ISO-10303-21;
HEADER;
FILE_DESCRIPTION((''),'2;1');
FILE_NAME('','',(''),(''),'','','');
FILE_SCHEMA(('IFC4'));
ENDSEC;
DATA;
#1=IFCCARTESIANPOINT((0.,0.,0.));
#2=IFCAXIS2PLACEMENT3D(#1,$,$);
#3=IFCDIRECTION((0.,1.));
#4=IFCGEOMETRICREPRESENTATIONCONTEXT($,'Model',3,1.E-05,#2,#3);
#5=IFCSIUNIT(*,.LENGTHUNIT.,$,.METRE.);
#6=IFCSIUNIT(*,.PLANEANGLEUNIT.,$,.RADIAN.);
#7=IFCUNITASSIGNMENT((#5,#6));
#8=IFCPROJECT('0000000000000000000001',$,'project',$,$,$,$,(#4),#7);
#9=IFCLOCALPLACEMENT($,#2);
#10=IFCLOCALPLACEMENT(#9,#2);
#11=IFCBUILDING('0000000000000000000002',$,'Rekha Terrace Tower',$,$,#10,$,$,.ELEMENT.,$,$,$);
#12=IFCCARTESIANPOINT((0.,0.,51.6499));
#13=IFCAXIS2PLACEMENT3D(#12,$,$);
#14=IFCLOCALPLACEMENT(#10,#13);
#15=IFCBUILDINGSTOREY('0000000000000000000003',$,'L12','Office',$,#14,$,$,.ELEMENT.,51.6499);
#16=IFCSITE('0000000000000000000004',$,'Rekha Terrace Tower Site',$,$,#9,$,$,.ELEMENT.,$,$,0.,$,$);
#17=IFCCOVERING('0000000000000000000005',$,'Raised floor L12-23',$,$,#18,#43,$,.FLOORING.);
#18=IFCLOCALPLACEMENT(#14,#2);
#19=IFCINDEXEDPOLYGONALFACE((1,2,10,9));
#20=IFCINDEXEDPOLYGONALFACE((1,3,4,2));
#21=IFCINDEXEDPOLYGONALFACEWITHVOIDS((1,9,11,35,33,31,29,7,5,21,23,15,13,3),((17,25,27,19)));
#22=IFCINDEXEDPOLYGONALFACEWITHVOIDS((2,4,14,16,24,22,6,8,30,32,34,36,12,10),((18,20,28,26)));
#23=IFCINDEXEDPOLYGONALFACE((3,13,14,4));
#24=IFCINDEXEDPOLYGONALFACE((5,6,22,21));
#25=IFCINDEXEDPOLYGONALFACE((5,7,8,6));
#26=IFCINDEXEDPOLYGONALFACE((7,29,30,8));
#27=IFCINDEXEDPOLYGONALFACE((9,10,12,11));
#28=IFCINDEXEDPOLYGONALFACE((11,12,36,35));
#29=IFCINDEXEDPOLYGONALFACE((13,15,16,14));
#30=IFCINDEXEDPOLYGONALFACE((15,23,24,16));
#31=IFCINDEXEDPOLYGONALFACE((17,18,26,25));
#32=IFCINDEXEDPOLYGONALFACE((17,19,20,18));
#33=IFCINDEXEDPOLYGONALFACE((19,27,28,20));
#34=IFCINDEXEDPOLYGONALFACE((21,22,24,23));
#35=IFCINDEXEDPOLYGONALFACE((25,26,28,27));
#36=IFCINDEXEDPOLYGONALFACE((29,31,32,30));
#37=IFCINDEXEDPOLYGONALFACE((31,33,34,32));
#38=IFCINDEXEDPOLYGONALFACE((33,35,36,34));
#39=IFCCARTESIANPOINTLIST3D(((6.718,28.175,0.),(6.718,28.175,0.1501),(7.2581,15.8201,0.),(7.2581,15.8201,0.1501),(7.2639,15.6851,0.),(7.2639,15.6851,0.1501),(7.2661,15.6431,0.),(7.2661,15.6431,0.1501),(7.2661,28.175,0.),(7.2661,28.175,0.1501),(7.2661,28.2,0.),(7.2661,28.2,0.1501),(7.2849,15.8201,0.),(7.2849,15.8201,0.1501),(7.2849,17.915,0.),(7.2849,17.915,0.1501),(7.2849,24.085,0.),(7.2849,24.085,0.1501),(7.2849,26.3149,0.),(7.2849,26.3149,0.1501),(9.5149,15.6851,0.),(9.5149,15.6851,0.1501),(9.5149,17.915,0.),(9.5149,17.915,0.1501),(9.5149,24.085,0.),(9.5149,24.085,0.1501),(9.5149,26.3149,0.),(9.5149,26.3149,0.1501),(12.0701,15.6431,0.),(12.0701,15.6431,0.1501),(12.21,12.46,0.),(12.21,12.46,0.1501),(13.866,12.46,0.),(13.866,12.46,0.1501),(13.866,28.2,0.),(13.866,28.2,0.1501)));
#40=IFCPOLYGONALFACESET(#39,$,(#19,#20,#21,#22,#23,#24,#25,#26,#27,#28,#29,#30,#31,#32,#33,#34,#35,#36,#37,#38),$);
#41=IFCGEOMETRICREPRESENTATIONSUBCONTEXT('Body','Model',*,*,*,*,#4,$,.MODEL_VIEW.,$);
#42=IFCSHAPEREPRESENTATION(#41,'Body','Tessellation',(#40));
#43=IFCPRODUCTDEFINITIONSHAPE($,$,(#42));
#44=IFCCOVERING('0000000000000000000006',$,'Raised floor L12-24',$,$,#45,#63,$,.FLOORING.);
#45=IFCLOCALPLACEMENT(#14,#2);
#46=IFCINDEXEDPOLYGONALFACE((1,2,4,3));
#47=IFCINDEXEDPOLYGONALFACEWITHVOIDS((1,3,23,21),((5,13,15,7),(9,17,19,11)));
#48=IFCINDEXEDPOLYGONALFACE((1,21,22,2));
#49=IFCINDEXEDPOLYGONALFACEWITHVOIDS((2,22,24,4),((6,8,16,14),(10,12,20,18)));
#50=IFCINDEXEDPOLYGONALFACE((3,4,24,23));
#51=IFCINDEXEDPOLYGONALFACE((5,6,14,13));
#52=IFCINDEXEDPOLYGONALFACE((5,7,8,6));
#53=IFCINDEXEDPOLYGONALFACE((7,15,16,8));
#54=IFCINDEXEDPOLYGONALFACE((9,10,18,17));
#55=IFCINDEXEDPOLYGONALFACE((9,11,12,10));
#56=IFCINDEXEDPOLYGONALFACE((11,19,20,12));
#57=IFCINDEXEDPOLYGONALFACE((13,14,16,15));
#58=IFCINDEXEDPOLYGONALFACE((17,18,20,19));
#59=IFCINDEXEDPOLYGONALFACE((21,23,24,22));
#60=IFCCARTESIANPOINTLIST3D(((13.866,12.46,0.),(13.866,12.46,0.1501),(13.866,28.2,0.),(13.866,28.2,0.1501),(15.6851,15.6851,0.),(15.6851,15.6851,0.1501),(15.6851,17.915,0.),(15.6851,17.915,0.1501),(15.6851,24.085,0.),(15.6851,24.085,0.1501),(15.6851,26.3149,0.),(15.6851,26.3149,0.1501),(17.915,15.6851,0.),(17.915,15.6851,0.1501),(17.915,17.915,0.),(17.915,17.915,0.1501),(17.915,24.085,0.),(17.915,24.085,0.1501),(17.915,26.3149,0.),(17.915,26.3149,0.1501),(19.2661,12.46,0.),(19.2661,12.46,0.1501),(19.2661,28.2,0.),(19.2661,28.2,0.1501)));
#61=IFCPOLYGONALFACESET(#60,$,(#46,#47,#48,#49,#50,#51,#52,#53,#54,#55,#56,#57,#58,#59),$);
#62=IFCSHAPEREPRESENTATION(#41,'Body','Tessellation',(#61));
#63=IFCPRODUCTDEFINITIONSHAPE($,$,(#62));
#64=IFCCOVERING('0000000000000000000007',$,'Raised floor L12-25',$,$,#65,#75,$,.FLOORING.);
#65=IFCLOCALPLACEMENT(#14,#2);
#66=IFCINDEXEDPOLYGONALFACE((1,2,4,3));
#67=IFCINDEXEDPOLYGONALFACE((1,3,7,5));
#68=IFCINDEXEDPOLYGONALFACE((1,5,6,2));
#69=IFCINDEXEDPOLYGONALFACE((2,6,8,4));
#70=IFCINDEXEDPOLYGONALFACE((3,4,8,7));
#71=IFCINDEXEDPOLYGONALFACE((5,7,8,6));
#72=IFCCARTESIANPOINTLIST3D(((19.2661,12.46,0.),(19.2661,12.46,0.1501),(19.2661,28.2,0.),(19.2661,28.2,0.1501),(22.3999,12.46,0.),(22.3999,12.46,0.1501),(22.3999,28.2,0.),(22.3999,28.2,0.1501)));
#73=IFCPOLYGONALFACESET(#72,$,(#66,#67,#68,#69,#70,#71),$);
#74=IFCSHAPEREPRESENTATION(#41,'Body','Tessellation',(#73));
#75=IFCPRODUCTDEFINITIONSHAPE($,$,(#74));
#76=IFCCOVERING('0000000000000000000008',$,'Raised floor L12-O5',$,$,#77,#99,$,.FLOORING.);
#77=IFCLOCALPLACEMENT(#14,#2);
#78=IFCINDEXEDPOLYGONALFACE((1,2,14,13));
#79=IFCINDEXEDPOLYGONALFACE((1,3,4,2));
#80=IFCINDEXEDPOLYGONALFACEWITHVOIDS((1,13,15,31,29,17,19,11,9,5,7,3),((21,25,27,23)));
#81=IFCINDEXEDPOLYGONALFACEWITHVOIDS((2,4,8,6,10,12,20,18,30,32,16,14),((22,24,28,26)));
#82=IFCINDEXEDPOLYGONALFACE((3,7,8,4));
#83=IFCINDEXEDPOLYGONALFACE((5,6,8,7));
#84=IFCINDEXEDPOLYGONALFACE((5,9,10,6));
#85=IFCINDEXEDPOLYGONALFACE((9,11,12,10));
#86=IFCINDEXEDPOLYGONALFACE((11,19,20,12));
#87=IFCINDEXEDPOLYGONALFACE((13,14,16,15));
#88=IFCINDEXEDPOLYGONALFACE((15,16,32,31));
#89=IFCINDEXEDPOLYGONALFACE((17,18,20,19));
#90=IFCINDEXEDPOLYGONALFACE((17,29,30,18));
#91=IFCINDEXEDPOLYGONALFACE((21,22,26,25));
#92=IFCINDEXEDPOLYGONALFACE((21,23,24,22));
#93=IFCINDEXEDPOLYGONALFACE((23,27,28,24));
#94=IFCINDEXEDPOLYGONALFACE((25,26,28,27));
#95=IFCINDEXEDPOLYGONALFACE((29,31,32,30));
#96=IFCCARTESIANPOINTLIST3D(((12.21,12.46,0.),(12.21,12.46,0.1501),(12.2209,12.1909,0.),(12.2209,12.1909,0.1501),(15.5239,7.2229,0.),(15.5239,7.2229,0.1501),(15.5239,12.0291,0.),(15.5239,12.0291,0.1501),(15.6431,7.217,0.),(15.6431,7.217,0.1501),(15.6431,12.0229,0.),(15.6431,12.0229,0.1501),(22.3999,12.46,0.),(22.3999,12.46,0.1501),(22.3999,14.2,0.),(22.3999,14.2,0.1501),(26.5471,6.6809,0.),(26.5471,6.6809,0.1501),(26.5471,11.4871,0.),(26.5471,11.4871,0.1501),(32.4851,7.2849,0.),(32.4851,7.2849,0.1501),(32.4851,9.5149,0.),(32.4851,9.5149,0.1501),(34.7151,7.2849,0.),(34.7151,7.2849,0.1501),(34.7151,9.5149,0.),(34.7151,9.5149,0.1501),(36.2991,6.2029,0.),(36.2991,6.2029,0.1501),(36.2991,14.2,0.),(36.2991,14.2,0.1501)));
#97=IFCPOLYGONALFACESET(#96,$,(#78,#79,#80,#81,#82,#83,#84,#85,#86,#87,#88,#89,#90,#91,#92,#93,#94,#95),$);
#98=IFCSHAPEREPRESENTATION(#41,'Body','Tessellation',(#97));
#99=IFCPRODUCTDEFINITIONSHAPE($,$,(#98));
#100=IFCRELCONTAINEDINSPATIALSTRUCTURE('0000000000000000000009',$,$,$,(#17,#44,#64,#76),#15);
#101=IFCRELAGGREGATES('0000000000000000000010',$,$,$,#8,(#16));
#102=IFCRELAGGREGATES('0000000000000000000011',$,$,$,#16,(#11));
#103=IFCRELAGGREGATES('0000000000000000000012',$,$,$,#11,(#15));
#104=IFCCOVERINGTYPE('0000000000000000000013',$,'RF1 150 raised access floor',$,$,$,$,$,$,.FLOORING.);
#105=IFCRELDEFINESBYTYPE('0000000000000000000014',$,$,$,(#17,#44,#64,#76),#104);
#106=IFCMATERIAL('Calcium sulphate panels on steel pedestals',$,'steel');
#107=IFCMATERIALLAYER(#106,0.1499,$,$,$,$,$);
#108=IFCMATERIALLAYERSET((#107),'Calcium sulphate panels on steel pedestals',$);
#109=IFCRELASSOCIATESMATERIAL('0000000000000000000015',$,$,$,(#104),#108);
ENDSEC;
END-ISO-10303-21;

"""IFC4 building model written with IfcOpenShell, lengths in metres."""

from ifc_helpers import new_model, si_unit, direction, frame, origin, place, context, subcontext, project, spatial, polyline, outline, extrude, material, layer, layer_set, type_object, element, save


model = new_model("IFC4")

# Units and contexts
model_context = context("Model", 3, precision=1e-05, world=origin(), true_north=direction((0.0, 1.0)))
body_context = subcontext(model_context, "Body", "Model", "MODEL_VIEW")
ifc_project = project(units=[si_unit("LENGTHUNIT", "METRE"), si_unit("PLANEANGLEUNIT", "RADIAN")], contexts=[model_context])

# Site, building, storey
site_placement = place(None, origin())
site = spatial("IfcSite", under=ifc_project, at=site_placement, Name="Rekha Terrace Tower Site", CompositionType="ELEMENT", RefElevation=0.0)
building_placement = place(site_placement, origin())
building = spatial("IfcBuilding", under=site, at=building_placement, Name="Rekha Terrace Tower", CompositionType="ELEMENT")
storey_placement = place(building_placement, frame((0.0, 0.0, 51.6499)))
storey = spatial("IfcBuildingStorey", under=building, at=storey_placement, Name="L12", Description="Office", CompositionType="ELEMENT", Elevation=51.6499)

# Coverings
ifc_material_1 = material(Name="Calcium sulphate panels on steel pedestals", Category="steel")
ifc_layer_1 = layer(ifc_material_1, 0.1499)
ifc_layer_set_1 = layer_set([ifc_layer_1], Name="Calcium sulphate panels on steel pedestals")
covering_type_1 = type_object("IfcCoveringType", Name="RF1 150 raised access floor", PredefinedType="FLOORING", material=ifc_layer_set_1)
covering_1_placement = place(storey_placement, origin())
element("IfcCovering", 1, at=covering_1_placement, inside=storey, type_object=covering_type_1, Name="Raised floor L12-23", PredefinedType="FLOORING", context=body_context, shape_type="SweptSolid", body=[
    extrude(outline(polyline([(7.2581, 15.8201), (7.2849, 15.8201), (7.2849, 17.915), (9.5149, 17.915), (9.5149, 15.6851), (7.2639, 15.6851), (7.2661, 15.6431), (12.0701, 15.6431), (12.21, 12.46), (13.866, 12.46), (13.866, 28.2), (7.2661, 28.2), (7.2661, 28.175), (6.718, 28.175), (7.2581, 15.8201)]), holes=[polyline([(9.5149, 24.085), (7.2849, 24.085), (7.2849, 26.3149), (9.5149, 26.3149), (9.5149, 24.085)])]), origin(), (0.0, 0.0, 1.0), 0.1501),
])
covering_2_placement = place(storey_placement, origin())
element("IfcCovering", 2, at=covering_2_placement, inside=storey, type_object=covering_type_1, Name="Raised floor L12-24", PredefinedType="FLOORING", context=body_context, shape_type="SweptSolid", body=[
    extrude(outline(polyline([(13.866, 12.46), (19.2661, 12.46), (19.2661, 28.2), (13.866, 28.2), (13.866, 12.46)]), holes=[polyline([(17.915, 15.6851), (15.6851, 15.6851), (15.6851, 17.915), (17.915, 17.915), (17.915, 15.6851)]), polyline([(17.915, 24.085), (15.6851, 24.085), (15.6851, 26.3149), (17.915, 26.3149), (17.915, 24.085)])]), origin(), (0.0, 0.0, 1.0), 0.1501),
])
covering_3_placement = place(storey_placement, origin())
element("IfcCovering", 3, at=covering_3_placement, inside=storey, type_object=covering_type_1, Name="Raised floor L12-25", PredefinedType="FLOORING", context=body_context, shape_type="SweptSolid", body=[
    extrude(outline(polyline([(19.2661, 12.46), (22.3999, 12.46), (22.3999, 28.2), (19.2661, 28.2), (19.2661, 12.46)])), origin(), (0.0, 0.0, 1.0), 0.1501),
])
covering_4_placement = place(storey_placement, origin())
element("IfcCovering", 4, at=covering_4_placement, inside=storey, type_object=covering_type_1, Name="Raised floor L12-O5", PredefinedType="FLOORING", context=body_context, shape_type="SweptSolid", body=[
    extrude(outline(polyline([(22.3999, 12.46), (12.21, 12.46), (12.2209, 12.1909), (15.5239, 12.0291), (15.5239, 7.2229), (15.6431, 7.217), (15.6431, 12.0229), (26.5471, 11.4871), (26.5471, 6.6809), (36.2991, 6.2029), (36.2991, 14.2), (22.3999, 14.2), (22.3999, 12.46)]), holes=[polyline([(34.7151, 7.2849), (32.4851, 7.2849), (32.4851, 9.5149), (34.7151, 9.5149), (34.7151, 7.2849)])]), origin(), (0.0, 0.0, 1.0), 0.1501),
])

save(model, "model.ifc")
